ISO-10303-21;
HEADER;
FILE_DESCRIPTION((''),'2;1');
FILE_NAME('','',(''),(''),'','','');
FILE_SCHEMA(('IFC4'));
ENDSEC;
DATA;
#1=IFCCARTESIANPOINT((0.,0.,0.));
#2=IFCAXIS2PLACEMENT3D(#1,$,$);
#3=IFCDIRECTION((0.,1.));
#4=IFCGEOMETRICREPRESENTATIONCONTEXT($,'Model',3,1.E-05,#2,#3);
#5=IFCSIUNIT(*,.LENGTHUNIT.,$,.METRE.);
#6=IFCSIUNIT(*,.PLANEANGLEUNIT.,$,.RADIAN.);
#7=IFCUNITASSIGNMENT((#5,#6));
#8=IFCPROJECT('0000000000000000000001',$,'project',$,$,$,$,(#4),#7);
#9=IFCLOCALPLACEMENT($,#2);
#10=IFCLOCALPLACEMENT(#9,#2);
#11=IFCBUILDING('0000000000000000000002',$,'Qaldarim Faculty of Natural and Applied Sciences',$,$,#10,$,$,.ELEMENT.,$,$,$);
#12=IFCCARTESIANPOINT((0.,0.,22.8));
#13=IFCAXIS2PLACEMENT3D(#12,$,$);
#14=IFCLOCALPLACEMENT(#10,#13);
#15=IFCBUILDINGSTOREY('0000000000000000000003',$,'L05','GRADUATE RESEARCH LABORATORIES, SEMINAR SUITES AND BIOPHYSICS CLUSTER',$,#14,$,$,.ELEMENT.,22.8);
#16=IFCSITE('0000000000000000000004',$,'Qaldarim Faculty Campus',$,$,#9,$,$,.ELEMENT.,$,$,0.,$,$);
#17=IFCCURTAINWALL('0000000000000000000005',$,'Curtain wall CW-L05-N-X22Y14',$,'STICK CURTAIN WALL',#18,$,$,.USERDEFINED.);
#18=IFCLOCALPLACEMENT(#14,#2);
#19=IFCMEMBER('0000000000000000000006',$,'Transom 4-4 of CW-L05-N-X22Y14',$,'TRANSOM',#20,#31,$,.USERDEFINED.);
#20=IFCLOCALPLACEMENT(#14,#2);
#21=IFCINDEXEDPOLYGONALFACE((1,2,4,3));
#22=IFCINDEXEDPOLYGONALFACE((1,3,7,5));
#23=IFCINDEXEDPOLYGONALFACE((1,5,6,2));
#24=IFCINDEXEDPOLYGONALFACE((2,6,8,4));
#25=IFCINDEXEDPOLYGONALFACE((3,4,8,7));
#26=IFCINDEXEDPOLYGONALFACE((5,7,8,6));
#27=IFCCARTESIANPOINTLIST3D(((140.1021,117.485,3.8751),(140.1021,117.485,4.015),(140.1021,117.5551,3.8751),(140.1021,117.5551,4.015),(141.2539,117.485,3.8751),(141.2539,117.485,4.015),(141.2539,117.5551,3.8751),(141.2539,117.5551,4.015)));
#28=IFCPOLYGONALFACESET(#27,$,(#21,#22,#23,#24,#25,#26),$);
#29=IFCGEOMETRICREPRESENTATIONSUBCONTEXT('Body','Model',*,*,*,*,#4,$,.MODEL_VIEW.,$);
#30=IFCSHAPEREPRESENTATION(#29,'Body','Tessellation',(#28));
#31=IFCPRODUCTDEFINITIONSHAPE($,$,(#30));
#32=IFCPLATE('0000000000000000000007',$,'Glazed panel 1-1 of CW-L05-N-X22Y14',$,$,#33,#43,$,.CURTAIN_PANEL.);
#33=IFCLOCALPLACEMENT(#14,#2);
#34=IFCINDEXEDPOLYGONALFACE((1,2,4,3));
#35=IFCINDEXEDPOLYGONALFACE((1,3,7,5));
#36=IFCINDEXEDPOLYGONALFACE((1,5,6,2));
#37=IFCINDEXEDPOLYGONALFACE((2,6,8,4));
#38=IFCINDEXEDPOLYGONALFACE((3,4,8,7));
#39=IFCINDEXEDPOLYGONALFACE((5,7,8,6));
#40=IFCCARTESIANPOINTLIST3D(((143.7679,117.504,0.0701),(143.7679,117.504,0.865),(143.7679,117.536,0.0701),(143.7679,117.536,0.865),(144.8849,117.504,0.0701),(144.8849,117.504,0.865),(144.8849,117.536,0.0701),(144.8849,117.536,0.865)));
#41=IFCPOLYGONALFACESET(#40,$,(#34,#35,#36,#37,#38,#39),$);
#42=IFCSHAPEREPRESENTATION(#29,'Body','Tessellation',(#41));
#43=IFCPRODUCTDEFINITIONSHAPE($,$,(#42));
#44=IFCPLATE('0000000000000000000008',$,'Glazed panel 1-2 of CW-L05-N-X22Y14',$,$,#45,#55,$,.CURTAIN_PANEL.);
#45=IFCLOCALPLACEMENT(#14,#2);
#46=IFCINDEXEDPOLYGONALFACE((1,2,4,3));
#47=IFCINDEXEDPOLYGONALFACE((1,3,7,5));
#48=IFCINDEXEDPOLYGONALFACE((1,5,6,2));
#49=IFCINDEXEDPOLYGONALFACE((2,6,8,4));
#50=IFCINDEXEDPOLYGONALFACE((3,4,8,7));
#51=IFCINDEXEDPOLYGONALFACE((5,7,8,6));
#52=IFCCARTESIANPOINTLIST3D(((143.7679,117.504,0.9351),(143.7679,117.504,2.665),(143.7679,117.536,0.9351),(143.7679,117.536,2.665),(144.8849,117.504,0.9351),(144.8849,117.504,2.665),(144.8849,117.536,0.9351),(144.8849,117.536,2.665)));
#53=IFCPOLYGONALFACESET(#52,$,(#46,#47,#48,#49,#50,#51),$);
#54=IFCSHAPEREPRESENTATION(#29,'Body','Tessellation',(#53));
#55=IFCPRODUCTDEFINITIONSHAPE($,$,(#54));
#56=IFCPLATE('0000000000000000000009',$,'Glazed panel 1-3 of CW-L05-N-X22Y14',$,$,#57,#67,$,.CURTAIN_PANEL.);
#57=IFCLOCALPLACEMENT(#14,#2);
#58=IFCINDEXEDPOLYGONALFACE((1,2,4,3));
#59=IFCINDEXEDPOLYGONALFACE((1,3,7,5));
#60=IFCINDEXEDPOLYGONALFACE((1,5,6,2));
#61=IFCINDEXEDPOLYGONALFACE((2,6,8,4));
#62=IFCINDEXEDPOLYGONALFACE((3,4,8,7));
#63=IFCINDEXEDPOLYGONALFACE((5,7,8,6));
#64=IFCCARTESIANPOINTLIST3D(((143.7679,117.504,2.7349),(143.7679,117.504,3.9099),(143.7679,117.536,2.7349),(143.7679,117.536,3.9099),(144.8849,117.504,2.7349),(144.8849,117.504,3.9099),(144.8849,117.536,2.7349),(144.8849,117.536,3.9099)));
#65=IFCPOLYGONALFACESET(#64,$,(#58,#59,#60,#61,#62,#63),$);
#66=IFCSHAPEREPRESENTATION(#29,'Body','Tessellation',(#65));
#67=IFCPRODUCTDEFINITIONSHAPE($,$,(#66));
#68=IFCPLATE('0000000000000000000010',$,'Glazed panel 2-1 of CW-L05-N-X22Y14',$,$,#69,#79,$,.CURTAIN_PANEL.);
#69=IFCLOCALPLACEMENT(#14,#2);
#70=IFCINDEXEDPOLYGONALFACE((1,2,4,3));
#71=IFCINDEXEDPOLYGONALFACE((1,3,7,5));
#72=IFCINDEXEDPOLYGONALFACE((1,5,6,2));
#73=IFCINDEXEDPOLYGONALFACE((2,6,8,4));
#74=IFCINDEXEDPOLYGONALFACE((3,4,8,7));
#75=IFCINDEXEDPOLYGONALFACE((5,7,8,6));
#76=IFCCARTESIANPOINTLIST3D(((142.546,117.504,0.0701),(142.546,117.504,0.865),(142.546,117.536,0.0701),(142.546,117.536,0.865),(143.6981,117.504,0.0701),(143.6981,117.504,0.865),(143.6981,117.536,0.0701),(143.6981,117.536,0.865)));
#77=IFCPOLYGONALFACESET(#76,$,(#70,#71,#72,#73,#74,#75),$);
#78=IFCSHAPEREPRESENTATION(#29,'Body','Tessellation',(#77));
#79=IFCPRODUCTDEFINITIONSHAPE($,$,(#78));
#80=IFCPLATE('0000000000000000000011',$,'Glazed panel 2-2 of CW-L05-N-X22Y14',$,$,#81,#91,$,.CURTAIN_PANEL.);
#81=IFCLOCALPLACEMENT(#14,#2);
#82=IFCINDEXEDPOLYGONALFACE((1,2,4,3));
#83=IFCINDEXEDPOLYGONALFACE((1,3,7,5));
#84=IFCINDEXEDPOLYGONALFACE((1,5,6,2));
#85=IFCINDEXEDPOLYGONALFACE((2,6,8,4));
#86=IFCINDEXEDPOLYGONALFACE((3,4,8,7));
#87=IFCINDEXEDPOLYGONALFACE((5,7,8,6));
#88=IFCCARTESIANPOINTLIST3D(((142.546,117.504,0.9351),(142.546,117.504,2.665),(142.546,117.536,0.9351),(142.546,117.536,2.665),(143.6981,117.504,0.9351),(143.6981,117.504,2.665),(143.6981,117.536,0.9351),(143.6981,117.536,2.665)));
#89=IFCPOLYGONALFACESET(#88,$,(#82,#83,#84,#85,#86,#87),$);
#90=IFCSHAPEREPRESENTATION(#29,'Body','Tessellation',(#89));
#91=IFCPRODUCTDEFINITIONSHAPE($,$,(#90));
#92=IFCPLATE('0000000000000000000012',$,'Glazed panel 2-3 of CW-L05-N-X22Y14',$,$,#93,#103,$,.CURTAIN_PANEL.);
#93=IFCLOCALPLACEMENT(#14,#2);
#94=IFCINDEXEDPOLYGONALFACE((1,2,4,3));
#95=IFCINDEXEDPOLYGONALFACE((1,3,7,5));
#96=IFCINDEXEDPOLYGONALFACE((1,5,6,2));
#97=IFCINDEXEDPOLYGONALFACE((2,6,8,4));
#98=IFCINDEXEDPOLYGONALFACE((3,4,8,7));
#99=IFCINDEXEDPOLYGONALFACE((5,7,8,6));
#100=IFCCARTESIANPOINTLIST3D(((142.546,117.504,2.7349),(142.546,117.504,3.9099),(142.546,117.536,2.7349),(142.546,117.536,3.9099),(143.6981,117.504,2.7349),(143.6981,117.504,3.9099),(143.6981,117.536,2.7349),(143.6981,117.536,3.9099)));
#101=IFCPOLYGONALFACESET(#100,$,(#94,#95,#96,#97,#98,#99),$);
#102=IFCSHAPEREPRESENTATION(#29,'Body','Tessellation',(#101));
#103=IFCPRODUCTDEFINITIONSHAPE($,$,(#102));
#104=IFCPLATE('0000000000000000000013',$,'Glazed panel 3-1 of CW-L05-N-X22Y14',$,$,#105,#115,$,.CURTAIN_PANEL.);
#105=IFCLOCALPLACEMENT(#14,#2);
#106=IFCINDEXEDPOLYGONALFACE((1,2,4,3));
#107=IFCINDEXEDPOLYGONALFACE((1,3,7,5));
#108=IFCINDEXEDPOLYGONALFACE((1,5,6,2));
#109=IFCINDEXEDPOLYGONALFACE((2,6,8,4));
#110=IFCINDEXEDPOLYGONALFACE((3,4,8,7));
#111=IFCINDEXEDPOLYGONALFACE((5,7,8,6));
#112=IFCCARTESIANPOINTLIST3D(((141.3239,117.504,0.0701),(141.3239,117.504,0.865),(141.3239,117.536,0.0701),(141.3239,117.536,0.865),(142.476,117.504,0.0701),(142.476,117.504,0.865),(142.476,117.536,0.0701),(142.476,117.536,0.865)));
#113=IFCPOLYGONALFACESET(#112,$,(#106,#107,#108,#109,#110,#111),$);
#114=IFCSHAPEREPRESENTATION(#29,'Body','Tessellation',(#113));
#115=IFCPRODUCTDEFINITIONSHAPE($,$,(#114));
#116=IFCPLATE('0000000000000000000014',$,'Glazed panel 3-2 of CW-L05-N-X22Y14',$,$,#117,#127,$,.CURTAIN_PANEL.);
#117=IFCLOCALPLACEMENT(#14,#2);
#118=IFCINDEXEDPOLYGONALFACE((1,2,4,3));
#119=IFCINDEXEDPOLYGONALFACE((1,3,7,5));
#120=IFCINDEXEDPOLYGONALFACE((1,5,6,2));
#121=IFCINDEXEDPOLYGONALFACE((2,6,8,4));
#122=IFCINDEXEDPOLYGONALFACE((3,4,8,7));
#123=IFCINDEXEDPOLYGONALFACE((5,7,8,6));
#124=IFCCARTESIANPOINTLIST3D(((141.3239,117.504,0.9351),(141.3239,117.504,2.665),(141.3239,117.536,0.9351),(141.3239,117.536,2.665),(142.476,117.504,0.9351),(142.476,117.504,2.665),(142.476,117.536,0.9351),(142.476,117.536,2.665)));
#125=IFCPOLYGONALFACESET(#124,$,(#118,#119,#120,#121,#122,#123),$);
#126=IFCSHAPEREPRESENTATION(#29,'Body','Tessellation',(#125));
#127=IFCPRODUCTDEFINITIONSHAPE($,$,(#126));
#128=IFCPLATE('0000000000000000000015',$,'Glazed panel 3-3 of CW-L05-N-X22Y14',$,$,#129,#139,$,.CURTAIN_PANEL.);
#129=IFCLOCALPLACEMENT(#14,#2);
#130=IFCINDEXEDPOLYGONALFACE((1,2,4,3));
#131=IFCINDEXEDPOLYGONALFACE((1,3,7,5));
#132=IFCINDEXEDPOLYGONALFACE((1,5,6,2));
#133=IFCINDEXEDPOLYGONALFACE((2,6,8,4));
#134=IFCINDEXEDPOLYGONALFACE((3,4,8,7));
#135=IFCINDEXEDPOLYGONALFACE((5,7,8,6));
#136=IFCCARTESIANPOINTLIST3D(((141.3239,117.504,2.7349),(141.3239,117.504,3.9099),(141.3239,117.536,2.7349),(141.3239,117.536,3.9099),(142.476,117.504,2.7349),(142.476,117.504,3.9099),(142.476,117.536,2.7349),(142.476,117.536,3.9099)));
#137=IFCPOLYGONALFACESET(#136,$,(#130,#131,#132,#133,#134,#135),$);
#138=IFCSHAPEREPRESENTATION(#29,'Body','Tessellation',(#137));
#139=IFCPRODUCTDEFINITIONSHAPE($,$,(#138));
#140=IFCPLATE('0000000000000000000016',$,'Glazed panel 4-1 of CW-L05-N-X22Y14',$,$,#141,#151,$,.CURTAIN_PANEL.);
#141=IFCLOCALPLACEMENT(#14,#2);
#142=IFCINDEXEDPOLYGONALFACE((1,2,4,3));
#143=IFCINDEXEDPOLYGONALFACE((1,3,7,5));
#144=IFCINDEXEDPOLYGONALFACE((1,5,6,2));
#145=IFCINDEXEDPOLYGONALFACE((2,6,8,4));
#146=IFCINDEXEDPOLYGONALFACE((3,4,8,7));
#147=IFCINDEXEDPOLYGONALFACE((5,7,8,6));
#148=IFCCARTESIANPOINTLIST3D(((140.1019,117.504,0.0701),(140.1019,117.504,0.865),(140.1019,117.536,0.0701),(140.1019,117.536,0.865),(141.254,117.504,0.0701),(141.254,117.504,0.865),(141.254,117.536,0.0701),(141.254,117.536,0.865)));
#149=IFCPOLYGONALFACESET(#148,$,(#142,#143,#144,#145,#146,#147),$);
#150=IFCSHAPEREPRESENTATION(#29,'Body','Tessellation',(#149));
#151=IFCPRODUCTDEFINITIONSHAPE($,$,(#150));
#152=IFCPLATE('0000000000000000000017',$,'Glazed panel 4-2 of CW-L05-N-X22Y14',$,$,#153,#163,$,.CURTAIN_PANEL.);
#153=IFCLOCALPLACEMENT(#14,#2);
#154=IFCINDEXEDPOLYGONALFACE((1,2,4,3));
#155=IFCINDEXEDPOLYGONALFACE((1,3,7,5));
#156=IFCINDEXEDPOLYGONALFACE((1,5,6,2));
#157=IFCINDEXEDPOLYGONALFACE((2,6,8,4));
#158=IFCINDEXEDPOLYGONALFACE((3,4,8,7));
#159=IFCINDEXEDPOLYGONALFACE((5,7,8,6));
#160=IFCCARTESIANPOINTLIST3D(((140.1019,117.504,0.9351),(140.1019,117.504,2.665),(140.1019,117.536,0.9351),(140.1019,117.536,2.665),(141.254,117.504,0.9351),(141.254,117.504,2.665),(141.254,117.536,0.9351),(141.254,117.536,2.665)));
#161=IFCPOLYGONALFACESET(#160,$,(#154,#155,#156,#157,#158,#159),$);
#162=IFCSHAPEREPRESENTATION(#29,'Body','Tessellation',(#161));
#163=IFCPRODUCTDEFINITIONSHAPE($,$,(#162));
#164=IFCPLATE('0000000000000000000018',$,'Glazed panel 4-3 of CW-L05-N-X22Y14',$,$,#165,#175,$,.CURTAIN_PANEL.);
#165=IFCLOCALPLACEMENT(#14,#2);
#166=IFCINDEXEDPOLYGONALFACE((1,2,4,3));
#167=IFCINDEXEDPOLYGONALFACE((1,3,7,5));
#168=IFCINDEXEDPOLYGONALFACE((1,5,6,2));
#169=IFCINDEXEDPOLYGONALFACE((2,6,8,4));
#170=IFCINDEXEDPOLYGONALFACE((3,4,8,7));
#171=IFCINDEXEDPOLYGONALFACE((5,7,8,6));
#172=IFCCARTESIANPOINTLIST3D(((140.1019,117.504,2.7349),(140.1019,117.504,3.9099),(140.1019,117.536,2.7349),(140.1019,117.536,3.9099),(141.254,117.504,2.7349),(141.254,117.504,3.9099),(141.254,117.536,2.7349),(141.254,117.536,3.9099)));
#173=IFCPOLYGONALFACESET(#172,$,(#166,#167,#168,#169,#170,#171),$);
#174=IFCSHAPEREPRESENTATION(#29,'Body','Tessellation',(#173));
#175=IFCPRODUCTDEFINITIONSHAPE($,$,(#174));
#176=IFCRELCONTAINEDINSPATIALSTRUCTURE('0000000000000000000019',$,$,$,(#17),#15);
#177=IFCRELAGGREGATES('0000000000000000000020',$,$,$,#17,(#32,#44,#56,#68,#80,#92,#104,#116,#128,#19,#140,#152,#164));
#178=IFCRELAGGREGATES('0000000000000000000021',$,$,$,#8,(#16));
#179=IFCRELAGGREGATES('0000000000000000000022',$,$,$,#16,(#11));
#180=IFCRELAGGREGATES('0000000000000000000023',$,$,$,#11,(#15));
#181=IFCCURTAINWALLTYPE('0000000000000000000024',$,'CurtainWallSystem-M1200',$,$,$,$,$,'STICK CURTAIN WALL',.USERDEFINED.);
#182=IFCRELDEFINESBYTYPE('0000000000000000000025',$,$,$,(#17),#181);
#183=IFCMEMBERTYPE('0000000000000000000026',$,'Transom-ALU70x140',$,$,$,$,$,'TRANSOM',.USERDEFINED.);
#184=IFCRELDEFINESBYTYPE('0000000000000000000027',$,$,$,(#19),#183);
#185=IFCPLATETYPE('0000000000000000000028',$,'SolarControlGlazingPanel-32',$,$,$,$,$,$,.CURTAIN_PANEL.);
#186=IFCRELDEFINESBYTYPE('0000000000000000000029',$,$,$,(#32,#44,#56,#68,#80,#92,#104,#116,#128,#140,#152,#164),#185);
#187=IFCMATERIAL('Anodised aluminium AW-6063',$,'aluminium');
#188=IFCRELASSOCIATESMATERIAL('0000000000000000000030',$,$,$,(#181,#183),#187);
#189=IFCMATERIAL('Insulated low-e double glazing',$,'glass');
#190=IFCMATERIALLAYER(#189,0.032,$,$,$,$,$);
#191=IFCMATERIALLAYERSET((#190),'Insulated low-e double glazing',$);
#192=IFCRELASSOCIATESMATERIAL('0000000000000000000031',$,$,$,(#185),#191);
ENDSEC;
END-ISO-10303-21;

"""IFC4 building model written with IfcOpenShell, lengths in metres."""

from ifc_helpers import new_model, si_unit, direction, frame, origin, origin_2d, place, context, subcontext, project, spatial, rectangle, extrude, material, layer, layer_set, material_profile, profile_set, type_object, element, aggregate, save


model = new_model("IFC4")

# Units and contexts
model_context = context("Model", 3, precision=1e-05, world=origin(), true_north=direction((0.0, 1.0)))
body_context = subcontext(model_context, "Body", "Model", "MODEL_VIEW")
ifc_project = project(units=[si_unit("LENGTHUNIT", "METRE"), si_unit("PLANEANGLEUNIT", "RADIAN")], contexts=[model_context])

# Site, building, storey
site_placement = place(None, origin())
site = spatial("IfcSite", under=ifc_project, at=site_placement, Name="Qaldarim Faculty Campus", CompositionType="ELEMENT", RefElevation=0.0)
building_placement = place(site_placement, origin())
building = spatial("IfcBuilding", under=site, at=building_placement, Name="Qaldarim Faculty of Natural and Applied Sciences", CompositionType="ELEMENT")
storey_placement = place(building_placement, frame((0.0, 0.0, 22.8)))
storey = spatial("IfcBuildingStorey", under=building, at=storey_placement, Name="L05", Description="GRADUATE RESEARCH LABORATORIES, SEMINAR SUITES AND BIOPHYSICS CLUSTER", CompositionType="ELEMENT", Elevation=22.8)

# Curtain wall, member, plates
ifc_material_1 = material(Name="Anodised aluminium AW-6063", Category="aluminium")
curtain_wall_type = type_object("IfcCurtainWallType", Name="CurtainWallSystem-M1200", ElementType="STICK CURTAIN WALL", PredefinedType="USERDEFINED", material=ifc_material_1)
curtain_wall_placement = place(storey_placement, origin())
curtain_wall = element("IfcCurtainWall", 1, at=curtain_wall_placement, inside=storey, type_object=curtain_wall_type, Name="Curtain wall CW-L05-N-X22Y14", ObjectType="STICK CURTAIN WALL", PredefinedType="USERDEFINED")
ifc_material_profile_1 = material_profile(ifc_material_1, rectangle(XDim=0.0701, YDim=0.1399, at=origin_2d()), Name="ALU-T70x140")
ifc_profile_set_1 = profile_set([ifc_material_profile_1], Name="Anodised aluminium AW-6063")
member_type_1 = type_object("IfcMemberType", Name="Transom-ALU70x140", ElementType="TRANSOM", PredefinedType="USERDEFINED", material=ifc_profile_set_1)
member_1_placement = place(storey_placement, frame((141.2539, 117.52, 3.9451), z_axis=(-1.0, 0.0, 0.0), x_axis=(0.0, -1.0, 0.0)))
member_1 = element("IfcMember", 2, at=member_1_placement, type_object=member_type_1, Name="Transom 4-4 of CW-L05-N-X22Y14", ObjectType="TRANSOM", PredefinedType="USERDEFINED", context=body_context, shape_type="SweptSolid", body=[
    extrude(rectangle(XDim=0.0701, YDim=0.1399, at=origin_2d()), origin(), (0.0, 0.0, 1.0), 1.1519),
])
ifc_material_2 = material(Name="Insulated low-e double glazing", Category="glass")
ifc_layer = layer(ifc_material_2, 0.032)
ifc_layer_set = layer_set([ifc_layer], Name="Insulated low-e double glazing")
plate_type = type_object("IfcPlateType", Name="SolarControlGlazingPanel-32", PredefinedType="CURTAIN_PANEL", material=ifc_layer_set)
plate_1_placement = place(storey_placement, frame((144.3264, 117.52, 0.0701), z_axis=(0.0, 0.0, 1.0), x_axis=(-1.0, 0.0, 0.0)))
plate_1 = element("IfcPlate", 3, at=plate_1_placement, type_object=plate_type, Name="Glazed panel 1-1 of CW-L05-N-X22Y14", PredefinedType="CURTAIN_PANEL", context=body_context, shape_type="SweptSolid", body=[
    extrude(rectangle(XDim=1.1169, YDim=0.032, at=origin_2d()), origin(), (0.0, 0.0, 1.0), 0.7949),
])
plate_2_placement = place(storey_placement, frame((144.3264, 117.52, 0.9351), z_axis=(0.0, 0.0, 1.0), x_axis=(-1.0, 0.0, 0.0)))
plate_2 = element("IfcPlate", 4, at=plate_2_placement, type_object=plate_type, Name="Glazed panel 1-2 of CW-L05-N-X22Y14", PredefinedType="CURTAIN_PANEL", context=body_context, shape_type="SweptSolid", body=[
    extrude(rectangle(XDim=1.1169, YDim=0.032, at=origin_2d()), origin(), (0.0, 0.0, 1.0), 1.73),
])
plate_3_placement = place(storey_placement, frame((144.3264, 117.52, 2.7349), z_axis=(0.0, 0.0, 1.0), x_axis=(-1.0, 0.0, 0.0)))
plate_3 = element("IfcPlate", 5, at=plate_3_placement, type_object=plate_type, Name="Glazed panel 1-3 of CW-L05-N-X22Y14", PredefinedType="CURTAIN_PANEL", context=body_context, shape_type="SweptSolid", body=[
    extrude(rectangle(XDim=1.1169, YDim=0.032, at=origin_2d()), origin(), (0.0, 0.0, 1.0), 1.175),
])
plate_4_placement = place(storey_placement, frame((143.1221, 117.52, 0.0701), z_axis=(0.0, 0.0, 1.0), x_axis=(-1.0, 0.0, 0.0)))
plate_4 = element("IfcPlate", 6, at=plate_4_placement, type_object=plate_type, Name="Glazed panel 2-1 of CW-L05-N-X22Y14", PredefinedType="CURTAIN_PANEL", context=body_context, shape_type="SweptSolid", body=[
    extrude(rectangle(XDim=1.1521, YDim=0.032, at=origin_2d()), origin(), (0.0, 0.0, 1.0), 0.7949),
])
plate_5_placement = place(storey_placement, frame((143.1221, 117.52, 0.9351), z_axis=(0.0, 0.0, 1.0), x_axis=(-1.0, 0.0, 0.0)))
plate_5 = element("IfcPlate", 7, at=plate_5_placement, type_object=plate_type, Name="Glazed panel 2-2 of CW-L05-N-X22Y14", PredefinedType="CURTAIN_PANEL", context=body_context, shape_type="SweptSolid", body=[
    extrude(rectangle(XDim=1.1521, YDim=0.032, at=origin_2d()), origin(), (0.0, 0.0, 1.0), 1.73),
])
plate_6_placement = place(storey_placement, frame((143.1221, 117.52, 2.7349), z_axis=(0.0, 0.0, 1.0), x_axis=(-1.0, 0.0, 0.0)))
plate_6 = element("IfcPlate", 8, at=plate_6_placement, type_object=plate_type, Name="Glazed panel 2-3 of CW-L05-N-X22Y14", PredefinedType="CURTAIN_PANEL", context=body_context, shape_type="SweptSolid", body=[
    extrude(rectangle(XDim=1.1521, YDim=0.032, at=origin_2d()), origin(), (0.0, 0.0, 1.0), 1.175),
])
plate_7_placement = place(storey_placement, frame((141.8999, 117.52, 0.0701), z_axis=(0.0, 0.0, 1.0), x_axis=(-1.0, 0.0, 0.0)))
plate_7 = element("IfcPlate", 9, at=plate_7_placement, type_object=plate_type, Name="Glazed panel 3-1 of CW-L05-N-X22Y14", PredefinedType="CURTAIN_PANEL", context=body_context, shape_type="SweptSolid", body=[
    extrude(rectangle(XDim=1.1521, YDim=0.032, at=origin_2d()), origin(), (0.0, 0.0, 1.0), 0.7949),
])
plate_8_placement = place(storey_placement, frame((141.8999, 117.52, 0.9351), z_axis=(0.0, 0.0, 1.0), x_axis=(-1.0, 0.0, 0.0)))
plate_8 = element("IfcPlate", 10, at=plate_8_placement, type_object=plate_type, Name="Glazed panel 3-2 of CW-L05-N-X22Y14", PredefinedType="CURTAIN_PANEL", context=body_context, shape_type="SweptSolid", body=[
    extrude(rectangle(XDim=1.1521, YDim=0.032, at=origin_2d()), origin(), (0.0, 0.0, 1.0), 1.73),
])
plate_9_placement = place(storey_placement, frame((141.8999, 117.52, 2.7349), z_axis=(0.0, 0.0, 1.0), x_axis=(-1.0, 0.0, 0.0)))
plate_9 = element("IfcPlate", 11, at=plate_9_placement, type_object=plate_type, Name="Glazed panel 3-3 of CW-L05-N-X22Y14", PredefinedType="CURTAIN_PANEL", context=body_context, shape_type="SweptSolid", body=[
    extrude(rectangle(XDim=1.1521, YDim=0.032, at=origin_2d()), origin(), (0.0, 0.0, 1.0), 1.175),
])
plate_10_placement = place(storey_placement, frame((140.678, 117.52, 0.0701), z_axis=(0.0, 0.0, 1.0), x_axis=(-1.0, 0.0, 0.0)))
plate_10 = element("IfcPlate", 12, at=plate_10_placement, type_object=plate_type, Name="Glazed panel 4-1 of CW-L05-N-X22Y14", PredefinedType="CURTAIN_PANEL", context=body_context, shape_type="SweptSolid", body=[
    extrude(rectangle(XDim=1.1521, YDim=0.032, at=origin_2d()), origin(), (0.0, 0.0, 1.0), 0.7949),
])
plate_11_placement = place(storey_placement, frame((140.678, 117.52, 0.9351), z_axis=(0.0, 0.0, 1.0), x_axis=(-1.0, 0.0, 0.0)))
plate_11 = element("IfcPlate", 13, at=plate_11_placement, type_object=plate_type, Name="Glazed panel 4-2 of CW-L05-N-X22Y14", PredefinedType="CURTAIN_PANEL", context=body_context, shape_type="SweptSolid", body=[
    extrude(rectangle(XDim=1.1521, YDim=0.032, at=origin_2d()), origin(), (0.0, 0.0, 1.0), 1.73),
])
plate_12_placement = place(storey_placement, frame((140.678, 117.52, 2.7349), z_axis=(0.0, 0.0, 1.0), x_axis=(-1.0, 0.0, 0.0)))
plate_12 = element("IfcPlate", 14, at=plate_12_placement, type_object=plate_type, Name="Glazed panel 4-3 of CW-L05-N-X22Y14", PredefinedType="CURTAIN_PANEL", context=body_context, shape_type="SweptSolid", body=[
    extrude(rectangle(XDim=1.1521, YDim=0.032, at=origin_2d()), origin(), (0.0, 0.0, 1.0), 1.175),
])
aggregate(curtain_wall, [plate_1, plate_2, plate_3, plate_4, plate_5, plate_6, plate_7, plate_8, plate_9, member_1, plate_10, plate_11, plate_12])

save(model, "model.ifc")
